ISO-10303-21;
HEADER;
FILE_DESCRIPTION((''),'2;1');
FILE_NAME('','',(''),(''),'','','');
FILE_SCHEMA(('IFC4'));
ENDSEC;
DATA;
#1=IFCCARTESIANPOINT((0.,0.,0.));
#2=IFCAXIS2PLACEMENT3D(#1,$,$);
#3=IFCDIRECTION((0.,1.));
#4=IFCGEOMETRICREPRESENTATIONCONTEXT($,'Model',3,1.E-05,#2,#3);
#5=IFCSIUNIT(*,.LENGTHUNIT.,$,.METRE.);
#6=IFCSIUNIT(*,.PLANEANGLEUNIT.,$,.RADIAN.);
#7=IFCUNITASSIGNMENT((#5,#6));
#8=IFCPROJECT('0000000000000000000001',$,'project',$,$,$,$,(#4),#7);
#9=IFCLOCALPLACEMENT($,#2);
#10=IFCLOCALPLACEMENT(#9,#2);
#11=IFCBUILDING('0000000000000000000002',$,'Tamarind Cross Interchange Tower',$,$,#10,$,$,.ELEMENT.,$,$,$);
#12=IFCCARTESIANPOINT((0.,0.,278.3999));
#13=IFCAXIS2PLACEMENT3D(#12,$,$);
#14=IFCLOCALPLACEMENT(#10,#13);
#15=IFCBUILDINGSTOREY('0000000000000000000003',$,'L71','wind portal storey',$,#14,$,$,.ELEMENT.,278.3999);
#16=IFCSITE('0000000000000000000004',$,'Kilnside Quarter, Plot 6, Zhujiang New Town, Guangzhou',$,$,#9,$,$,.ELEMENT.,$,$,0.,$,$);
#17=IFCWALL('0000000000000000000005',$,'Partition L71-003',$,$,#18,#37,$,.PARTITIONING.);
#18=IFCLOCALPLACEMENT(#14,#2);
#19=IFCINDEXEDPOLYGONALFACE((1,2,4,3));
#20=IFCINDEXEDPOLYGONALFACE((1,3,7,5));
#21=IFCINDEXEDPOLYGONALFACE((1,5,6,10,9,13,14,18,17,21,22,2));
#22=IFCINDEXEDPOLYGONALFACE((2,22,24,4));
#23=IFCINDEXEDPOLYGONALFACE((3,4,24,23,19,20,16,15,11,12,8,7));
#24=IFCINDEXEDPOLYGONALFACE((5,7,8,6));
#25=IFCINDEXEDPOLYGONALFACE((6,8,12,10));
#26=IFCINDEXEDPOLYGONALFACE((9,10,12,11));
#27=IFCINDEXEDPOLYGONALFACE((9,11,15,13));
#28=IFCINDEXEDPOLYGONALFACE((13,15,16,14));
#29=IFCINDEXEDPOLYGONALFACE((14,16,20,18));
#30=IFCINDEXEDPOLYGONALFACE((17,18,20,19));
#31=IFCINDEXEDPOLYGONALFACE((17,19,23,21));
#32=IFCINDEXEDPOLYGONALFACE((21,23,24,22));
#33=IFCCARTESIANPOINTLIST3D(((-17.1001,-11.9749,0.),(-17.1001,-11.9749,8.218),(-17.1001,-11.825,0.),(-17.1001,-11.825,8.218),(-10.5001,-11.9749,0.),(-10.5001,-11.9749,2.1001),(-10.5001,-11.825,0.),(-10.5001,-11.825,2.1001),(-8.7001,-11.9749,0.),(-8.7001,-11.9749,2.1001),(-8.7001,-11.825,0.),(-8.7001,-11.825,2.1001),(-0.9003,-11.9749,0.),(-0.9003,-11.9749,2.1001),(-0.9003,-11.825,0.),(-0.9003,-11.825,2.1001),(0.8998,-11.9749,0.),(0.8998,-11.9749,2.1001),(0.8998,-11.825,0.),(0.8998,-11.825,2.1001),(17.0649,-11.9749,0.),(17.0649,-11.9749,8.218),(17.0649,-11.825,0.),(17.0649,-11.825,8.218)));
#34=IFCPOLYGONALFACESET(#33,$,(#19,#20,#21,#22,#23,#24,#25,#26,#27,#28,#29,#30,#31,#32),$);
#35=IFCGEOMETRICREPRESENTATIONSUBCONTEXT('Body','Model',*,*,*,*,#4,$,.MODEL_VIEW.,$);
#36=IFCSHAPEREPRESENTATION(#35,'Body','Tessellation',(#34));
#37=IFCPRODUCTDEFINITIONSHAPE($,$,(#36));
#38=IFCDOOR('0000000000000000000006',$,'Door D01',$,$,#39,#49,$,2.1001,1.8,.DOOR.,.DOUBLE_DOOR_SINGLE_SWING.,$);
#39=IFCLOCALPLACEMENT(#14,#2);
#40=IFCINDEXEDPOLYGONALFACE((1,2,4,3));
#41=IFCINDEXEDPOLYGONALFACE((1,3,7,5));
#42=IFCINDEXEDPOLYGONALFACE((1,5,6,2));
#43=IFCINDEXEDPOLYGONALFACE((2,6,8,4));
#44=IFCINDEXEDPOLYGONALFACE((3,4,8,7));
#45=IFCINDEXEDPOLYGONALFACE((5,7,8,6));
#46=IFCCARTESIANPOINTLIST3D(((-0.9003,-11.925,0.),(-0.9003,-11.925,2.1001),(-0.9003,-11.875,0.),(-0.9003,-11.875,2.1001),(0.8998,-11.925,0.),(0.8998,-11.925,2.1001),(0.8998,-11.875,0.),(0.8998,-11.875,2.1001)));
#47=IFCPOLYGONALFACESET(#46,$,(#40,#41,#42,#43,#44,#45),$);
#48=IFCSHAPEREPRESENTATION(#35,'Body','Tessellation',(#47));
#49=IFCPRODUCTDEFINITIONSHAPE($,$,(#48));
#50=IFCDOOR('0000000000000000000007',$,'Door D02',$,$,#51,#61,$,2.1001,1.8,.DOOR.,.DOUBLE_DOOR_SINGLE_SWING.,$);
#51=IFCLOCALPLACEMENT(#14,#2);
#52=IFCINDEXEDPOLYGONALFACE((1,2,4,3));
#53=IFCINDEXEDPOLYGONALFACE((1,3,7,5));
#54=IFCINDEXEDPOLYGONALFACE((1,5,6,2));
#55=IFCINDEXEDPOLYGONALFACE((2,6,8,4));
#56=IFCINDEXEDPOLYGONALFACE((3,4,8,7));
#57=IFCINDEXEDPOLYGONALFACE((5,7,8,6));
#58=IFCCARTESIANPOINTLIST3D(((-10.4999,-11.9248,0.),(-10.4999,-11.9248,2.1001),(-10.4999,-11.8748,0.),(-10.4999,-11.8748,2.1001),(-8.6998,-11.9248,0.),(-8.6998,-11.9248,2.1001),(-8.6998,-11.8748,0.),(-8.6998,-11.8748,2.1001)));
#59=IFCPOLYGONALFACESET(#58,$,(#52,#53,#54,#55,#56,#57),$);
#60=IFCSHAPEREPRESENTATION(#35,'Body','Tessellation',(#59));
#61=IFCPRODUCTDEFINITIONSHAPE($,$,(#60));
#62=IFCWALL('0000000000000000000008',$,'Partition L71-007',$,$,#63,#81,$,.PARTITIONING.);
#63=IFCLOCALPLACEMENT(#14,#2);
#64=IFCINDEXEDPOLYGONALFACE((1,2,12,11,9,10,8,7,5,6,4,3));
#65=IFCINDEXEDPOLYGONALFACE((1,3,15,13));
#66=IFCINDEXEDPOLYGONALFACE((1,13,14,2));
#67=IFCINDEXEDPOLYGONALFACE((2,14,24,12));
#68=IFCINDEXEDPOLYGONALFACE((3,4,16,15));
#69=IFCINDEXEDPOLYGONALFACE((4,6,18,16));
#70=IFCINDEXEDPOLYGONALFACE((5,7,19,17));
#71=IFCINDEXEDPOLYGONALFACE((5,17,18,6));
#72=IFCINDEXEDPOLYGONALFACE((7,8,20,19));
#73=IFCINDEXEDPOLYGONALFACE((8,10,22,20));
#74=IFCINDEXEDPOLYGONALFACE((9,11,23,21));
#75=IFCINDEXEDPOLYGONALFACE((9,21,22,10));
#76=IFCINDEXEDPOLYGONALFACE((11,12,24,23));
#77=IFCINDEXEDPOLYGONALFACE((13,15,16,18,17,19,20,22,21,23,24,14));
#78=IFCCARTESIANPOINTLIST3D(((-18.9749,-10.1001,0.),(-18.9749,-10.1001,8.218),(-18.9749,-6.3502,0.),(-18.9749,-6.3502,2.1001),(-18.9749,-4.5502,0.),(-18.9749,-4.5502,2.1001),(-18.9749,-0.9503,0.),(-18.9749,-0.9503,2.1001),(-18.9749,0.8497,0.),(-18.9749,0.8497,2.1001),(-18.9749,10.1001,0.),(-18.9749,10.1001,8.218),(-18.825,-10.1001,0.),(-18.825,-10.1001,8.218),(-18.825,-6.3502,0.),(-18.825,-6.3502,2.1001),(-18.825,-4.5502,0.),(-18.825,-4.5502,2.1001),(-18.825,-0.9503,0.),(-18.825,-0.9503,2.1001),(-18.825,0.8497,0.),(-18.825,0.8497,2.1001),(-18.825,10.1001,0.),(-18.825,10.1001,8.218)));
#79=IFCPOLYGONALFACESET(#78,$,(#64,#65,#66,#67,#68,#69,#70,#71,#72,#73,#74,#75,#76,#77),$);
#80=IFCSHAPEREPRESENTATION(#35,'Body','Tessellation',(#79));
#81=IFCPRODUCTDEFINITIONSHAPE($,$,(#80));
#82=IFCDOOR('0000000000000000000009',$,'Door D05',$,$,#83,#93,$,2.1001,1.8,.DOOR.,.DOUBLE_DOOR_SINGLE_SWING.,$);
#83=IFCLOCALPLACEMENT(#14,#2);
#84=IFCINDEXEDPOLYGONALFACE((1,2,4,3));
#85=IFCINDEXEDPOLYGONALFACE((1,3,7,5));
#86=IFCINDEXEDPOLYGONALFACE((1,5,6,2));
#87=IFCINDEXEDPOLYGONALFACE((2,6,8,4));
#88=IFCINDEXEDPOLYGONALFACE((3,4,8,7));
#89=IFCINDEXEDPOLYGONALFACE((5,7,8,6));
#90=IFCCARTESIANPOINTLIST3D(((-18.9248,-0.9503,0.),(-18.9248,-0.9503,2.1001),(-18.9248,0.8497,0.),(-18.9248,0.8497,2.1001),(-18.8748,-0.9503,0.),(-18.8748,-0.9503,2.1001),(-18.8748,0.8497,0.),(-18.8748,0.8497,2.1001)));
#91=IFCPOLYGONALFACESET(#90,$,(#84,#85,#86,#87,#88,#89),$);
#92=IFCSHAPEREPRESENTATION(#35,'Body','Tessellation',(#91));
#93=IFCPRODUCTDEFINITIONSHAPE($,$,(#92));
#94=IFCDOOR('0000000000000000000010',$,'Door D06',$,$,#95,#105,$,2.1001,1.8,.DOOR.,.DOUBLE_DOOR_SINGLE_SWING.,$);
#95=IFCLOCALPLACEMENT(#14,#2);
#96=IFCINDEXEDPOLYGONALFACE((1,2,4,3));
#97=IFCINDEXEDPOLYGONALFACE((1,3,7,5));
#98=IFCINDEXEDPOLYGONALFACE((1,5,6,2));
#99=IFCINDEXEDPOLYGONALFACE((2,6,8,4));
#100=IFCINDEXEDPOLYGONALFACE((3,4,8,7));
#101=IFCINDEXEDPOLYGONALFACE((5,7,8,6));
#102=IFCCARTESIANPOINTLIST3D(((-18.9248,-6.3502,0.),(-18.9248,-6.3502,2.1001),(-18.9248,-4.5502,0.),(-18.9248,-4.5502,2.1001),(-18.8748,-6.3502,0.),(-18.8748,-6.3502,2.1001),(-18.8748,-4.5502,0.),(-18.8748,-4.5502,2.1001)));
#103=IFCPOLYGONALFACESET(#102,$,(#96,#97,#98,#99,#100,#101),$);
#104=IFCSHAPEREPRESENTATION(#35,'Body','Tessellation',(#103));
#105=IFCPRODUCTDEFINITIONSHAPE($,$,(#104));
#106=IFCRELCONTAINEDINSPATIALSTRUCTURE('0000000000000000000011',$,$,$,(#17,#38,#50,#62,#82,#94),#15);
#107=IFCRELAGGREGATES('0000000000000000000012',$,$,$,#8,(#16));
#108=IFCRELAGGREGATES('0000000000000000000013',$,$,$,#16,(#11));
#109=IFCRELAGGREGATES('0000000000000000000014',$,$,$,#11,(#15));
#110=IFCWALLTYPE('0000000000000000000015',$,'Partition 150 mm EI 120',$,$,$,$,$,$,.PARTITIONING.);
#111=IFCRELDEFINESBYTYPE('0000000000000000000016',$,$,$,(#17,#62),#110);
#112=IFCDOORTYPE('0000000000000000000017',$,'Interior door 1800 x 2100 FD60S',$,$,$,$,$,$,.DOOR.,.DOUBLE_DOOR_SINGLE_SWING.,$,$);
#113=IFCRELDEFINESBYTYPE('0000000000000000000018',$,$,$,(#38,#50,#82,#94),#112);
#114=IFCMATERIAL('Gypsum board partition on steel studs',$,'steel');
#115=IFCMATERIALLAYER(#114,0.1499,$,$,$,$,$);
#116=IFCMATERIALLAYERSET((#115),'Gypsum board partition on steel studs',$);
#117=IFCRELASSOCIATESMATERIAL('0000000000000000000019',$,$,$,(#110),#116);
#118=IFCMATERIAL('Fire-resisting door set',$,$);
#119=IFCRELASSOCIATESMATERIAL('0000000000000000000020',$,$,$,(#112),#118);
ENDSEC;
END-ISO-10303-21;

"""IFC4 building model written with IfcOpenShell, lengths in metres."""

from ifc_helpers import new_model, si_unit, direction, frame, frame_2d, origin, place, context, subcontext, project, spatial, rectangle, extrude, material, layer, layer_set, type_object, element, fill, save


model = new_model("IFC4")

# Units and contexts
model_context = context("Model", 3, precision=1e-05, world=origin(), true_north=direction((0.0, 1.0)))
body_context = subcontext(model_context, "Body", "Model", "MODEL_VIEW")
ifc_project = project(units=[si_unit("LENGTHUNIT", "METRE"), si_unit("PLANEANGLEUNIT", "RADIAN")], contexts=[model_context])

# Site, building, storey
site_placement = place(None, origin())
site = spatial("IfcSite", under=ifc_project, at=site_placement, Name="Kilnside Quarter, Plot 6, Zhujiang New Town, Guangzhou", CompositionType="ELEMENT", RefElevation=0.0)
building_placement = place(site_placement, origin())
building = spatial("IfcBuilding", under=site, at=building_placement, Name="Tamarind Cross Interchange Tower", CompositionType="ELEMENT")
storey_placement = place(building_placement, frame((0.0, 0.0, 278.3999)))
storey = spatial("IfcBuildingStorey", under=building, at=storey_placement, Name="L71", Description="wind portal storey", CompositionType="ELEMENT", Elevation=278.3999)

# Shared definitions
ifc_material_1 = material(Name="Gypsum board partition on steel studs", Category="steel")
ifc_layer = layer(ifc_material_1, 0.1499)
ifc_layer_set = layer_set([ifc_layer], Name="Gypsum board partition on steel studs")
wall_type = type_object("IfcWallType", Name="Partition 150 mm EI 120", PredefinedType="PARTITIONING", material=ifc_layer_set)

# Walls, openings, doors
wall_1_placement = place(storey_placement, frame((-17.1001, -11.8999, 0.0), z_axis=(0.0, 0.0, 1.0), x_axis=(1.0, 0.0, 0.0)))
wall_1 = element("IfcWall", 1, at=wall_1_placement, inside=storey, type_object=wall_type, Name="Partition L71-003", PredefinedType="PARTITIONING", context=body_context, shape_type="SweptSolid", body=[
    extrude(rectangle(XDim=34.165, YDim=0.1499, at=frame_2d((17.0825, 0.0))), origin(), (0.0, 0.0, 1.0), 8.218),
])
opening_1_placement = place(wall_1_placement, frame((16.2, 0.0, 0.0)))
opening_1 = element("IfcOpeningElement", 2, at=opening_1_placement, cuts=wall_1, PredefinedType="OPENING", context=body_context, shape_type="SweptSolid", body=[
    extrude(rectangle(XDim=1.8, YDim=2.1001, at=frame_2d((0.8999, 1.05))), frame((0.0, 0.085, 0.0), z_axis=(0.0, -1.0, 0.0), x_axis=(1.0, 0.0, 0.0)), (0.0, 0.0, 1.0), 0.1699),
])
opening_2_placement = place(wall_1_placement, frame((6.6001, 0.0, 0.0)))
opening_2 = element("IfcOpeningElement", 3, at=opening_2_placement, cuts=wall_1, PredefinedType="OPENING", context=body_context, shape_type="SweptSolid", body=[
    extrude(rectangle(XDim=1.8, YDim=2.1001, at=frame_2d((0.8999, 1.05))), frame((0.0, 0.085, 0.0), z_axis=(0.0, -1.0, 0.0), x_axis=(1.0, 0.0, 0.0)), (0.0, 0.0, 1.0), 0.1699),
])
ifc_material_2 = material(Name="Fire-resisting door set")
door_type = type_object("IfcDoorType", Name="Interior door 1800 x 2100 FD60S", OperationType="DOUBLE_DOOR_SINGLE_SWING", PredefinedType="DOOR", material=ifc_material_2)
door_1_placement = place(opening_1_placement, origin())
door_1 = element("IfcDoor", 4, at=door_1_placement, inside=storey, type_object=door_type, Name="Door D01", OperationType="DOUBLE_DOOR_SINGLE_SWING", OverallHeight=2.1001, OverallWidth=1.8, PredefinedType="DOOR", context=body_context, shape_type="SweptSolid", body=[
    extrude(rectangle(XDim=1.8, YDim=2.1001, at=frame_2d((0.8999, 1.05))), frame((0.0, 0.0249, 0.0), z_axis=(0.0, -1.0, 0.0), x_axis=(1.0, 0.0, 0.0)), (0.0, 0.0, 1.0), 0.05),
])
fill(opening_1, door_1)
door_2_placement = place(opening_2_placement, frame((1.8, 0.0, 0.0), z_axis=(0.0, 0.0, 1.0), x_axis=(-1.0, 0.0, 0.0)))
door_2 = element("IfcDoor", 5, at=door_2_placement, inside=storey, type_object=door_type, Name="Door D02", OperationType="DOUBLE_DOOR_SINGLE_SWING", OverallHeight=2.1001, OverallWidth=1.8, PredefinedType="DOOR", context=body_context, shape_type="SweptSolid", body=[
    extrude(rectangle(XDim=1.8, YDim=2.1001, at=frame_2d((0.8999, 1.05))), frame((0.0, 0.0249, 0.0), z_axis=(0.0, -1.0, 0.0), x_axis=(1.0, 0.0, 0.0)), (0.0, 0.0, 1.0), 0.05),
])
fill(opening_2, door_2)
wall_2_placement = place(storey_placement, frame((-18.8999, -10.1001, 0.0), z_axis=(0.0, 0.0, 1.0), x_axis=(0.0, 1.0, 0.0)))
wall_2 = element("IfcWall", 6, at=wall_2_placement, inside=storey, type_object=wall_type, Name="Partition L71-007", PredefinedType="PARTITIONING", context=body_context, shape_type="SweptSolid", body=[
    extrude(rectangle(XDim=20.2002, YDim=0.1499, at=frame_2d((10.1001, 0.0))), origin(), (0.0, 0.0, 1.0), 8.218),
])
opening_3_placement = place(wall_2_placement, frame((9.1499, 0.0, 0.0)))
opening_3 = element("IfcOpeningElement", 7, at=opening_3_placement, cuts=wall_2, PredefinedType="OPENING", context=body_context, shape_type="SweptSolid", body=[
    extrude(rectangle(XDim=1.8, YDim=2.1001, at=frame_2d((0.8999, 1.05))), frame((0.0, 0.085, 0.0), z_axis=(0.0, -1.0, 0.0), x_axis=(1.0, 0.0, 0.0)), (0.0, 0.0, 1.0), 0.1699),
])
opening_4_placement = place(wall_2_placement, frame((3.75, 0.0, 0.0)))
opening_4 = element("IfcOpeningElement", 8, at=opening_4_placement, cuts=wall_2, PredefinedType="OPENING", context=body_context, shape_type="SweptSolid", body=[
    extrude(rectangle(XDim=1.8, YDim=2.1001, at=frame_2d((0.8999, 1.05))), frame((0.0, 0.085, 0.0), z_axis=(0.0, -1.0, 0.0), x_axis=(1.0, 0.0, 0.0)), (0.0, 0.0, 1.0), 0.1699),
])
door_3_placement = place(opening_3_placement, origin())
door_3 = element("IfcDoor", 9, at=door_3_placement, inside=storey, type_object=door_type, Name="Door D05", OperationType="DOUBLE_DOOR_SINGLE_SWING", OverallHeight=2.1001, OverallWidth=1.8, PredefinedType="DOOR", context=body_context, shape_type="SweptSolid", body=[
    extrude(rectangle(XDim=1.8, YDim=2.1001, at=frame_2d((0.8999, 1.05))), frame((0.0, 0.0249, 0.0), z_axis=(0.0, -1.0, 0.0), x_axis=(1.0, 0.0, 0.0)), (0.0, 0.0, 1.0), 0.05),
])
fill(opening_3, door_3)
door_4_placement = place(opening_4_placement, origin())
door_4 = element("IfcDoor", 10, at=door_4_placement, inside=storey, type_object=door_type, Name="Door D06", OperationType="DOUBLE_DOOR_SINGLE_SWING", OverallHeight=2.1001, OverallWidth=1.8, PredefinedType="DOOR", context=body_context, shape_type="SweptSolid", body=[
    extrude(rectangle(XDim=1.8, YDim=2.1001, at=frame_2d((0.8999, 1.05))), frame((0.0, 0.0249, 0.0), z_axis=(0.0, -1.0, 0.0), x_axis=(1.0, 0.0, 0.0)), (0.0, 0.0, 1.0), 0.05),
])
fill(opening_4, door_4)

save(model, "model.ifc")
